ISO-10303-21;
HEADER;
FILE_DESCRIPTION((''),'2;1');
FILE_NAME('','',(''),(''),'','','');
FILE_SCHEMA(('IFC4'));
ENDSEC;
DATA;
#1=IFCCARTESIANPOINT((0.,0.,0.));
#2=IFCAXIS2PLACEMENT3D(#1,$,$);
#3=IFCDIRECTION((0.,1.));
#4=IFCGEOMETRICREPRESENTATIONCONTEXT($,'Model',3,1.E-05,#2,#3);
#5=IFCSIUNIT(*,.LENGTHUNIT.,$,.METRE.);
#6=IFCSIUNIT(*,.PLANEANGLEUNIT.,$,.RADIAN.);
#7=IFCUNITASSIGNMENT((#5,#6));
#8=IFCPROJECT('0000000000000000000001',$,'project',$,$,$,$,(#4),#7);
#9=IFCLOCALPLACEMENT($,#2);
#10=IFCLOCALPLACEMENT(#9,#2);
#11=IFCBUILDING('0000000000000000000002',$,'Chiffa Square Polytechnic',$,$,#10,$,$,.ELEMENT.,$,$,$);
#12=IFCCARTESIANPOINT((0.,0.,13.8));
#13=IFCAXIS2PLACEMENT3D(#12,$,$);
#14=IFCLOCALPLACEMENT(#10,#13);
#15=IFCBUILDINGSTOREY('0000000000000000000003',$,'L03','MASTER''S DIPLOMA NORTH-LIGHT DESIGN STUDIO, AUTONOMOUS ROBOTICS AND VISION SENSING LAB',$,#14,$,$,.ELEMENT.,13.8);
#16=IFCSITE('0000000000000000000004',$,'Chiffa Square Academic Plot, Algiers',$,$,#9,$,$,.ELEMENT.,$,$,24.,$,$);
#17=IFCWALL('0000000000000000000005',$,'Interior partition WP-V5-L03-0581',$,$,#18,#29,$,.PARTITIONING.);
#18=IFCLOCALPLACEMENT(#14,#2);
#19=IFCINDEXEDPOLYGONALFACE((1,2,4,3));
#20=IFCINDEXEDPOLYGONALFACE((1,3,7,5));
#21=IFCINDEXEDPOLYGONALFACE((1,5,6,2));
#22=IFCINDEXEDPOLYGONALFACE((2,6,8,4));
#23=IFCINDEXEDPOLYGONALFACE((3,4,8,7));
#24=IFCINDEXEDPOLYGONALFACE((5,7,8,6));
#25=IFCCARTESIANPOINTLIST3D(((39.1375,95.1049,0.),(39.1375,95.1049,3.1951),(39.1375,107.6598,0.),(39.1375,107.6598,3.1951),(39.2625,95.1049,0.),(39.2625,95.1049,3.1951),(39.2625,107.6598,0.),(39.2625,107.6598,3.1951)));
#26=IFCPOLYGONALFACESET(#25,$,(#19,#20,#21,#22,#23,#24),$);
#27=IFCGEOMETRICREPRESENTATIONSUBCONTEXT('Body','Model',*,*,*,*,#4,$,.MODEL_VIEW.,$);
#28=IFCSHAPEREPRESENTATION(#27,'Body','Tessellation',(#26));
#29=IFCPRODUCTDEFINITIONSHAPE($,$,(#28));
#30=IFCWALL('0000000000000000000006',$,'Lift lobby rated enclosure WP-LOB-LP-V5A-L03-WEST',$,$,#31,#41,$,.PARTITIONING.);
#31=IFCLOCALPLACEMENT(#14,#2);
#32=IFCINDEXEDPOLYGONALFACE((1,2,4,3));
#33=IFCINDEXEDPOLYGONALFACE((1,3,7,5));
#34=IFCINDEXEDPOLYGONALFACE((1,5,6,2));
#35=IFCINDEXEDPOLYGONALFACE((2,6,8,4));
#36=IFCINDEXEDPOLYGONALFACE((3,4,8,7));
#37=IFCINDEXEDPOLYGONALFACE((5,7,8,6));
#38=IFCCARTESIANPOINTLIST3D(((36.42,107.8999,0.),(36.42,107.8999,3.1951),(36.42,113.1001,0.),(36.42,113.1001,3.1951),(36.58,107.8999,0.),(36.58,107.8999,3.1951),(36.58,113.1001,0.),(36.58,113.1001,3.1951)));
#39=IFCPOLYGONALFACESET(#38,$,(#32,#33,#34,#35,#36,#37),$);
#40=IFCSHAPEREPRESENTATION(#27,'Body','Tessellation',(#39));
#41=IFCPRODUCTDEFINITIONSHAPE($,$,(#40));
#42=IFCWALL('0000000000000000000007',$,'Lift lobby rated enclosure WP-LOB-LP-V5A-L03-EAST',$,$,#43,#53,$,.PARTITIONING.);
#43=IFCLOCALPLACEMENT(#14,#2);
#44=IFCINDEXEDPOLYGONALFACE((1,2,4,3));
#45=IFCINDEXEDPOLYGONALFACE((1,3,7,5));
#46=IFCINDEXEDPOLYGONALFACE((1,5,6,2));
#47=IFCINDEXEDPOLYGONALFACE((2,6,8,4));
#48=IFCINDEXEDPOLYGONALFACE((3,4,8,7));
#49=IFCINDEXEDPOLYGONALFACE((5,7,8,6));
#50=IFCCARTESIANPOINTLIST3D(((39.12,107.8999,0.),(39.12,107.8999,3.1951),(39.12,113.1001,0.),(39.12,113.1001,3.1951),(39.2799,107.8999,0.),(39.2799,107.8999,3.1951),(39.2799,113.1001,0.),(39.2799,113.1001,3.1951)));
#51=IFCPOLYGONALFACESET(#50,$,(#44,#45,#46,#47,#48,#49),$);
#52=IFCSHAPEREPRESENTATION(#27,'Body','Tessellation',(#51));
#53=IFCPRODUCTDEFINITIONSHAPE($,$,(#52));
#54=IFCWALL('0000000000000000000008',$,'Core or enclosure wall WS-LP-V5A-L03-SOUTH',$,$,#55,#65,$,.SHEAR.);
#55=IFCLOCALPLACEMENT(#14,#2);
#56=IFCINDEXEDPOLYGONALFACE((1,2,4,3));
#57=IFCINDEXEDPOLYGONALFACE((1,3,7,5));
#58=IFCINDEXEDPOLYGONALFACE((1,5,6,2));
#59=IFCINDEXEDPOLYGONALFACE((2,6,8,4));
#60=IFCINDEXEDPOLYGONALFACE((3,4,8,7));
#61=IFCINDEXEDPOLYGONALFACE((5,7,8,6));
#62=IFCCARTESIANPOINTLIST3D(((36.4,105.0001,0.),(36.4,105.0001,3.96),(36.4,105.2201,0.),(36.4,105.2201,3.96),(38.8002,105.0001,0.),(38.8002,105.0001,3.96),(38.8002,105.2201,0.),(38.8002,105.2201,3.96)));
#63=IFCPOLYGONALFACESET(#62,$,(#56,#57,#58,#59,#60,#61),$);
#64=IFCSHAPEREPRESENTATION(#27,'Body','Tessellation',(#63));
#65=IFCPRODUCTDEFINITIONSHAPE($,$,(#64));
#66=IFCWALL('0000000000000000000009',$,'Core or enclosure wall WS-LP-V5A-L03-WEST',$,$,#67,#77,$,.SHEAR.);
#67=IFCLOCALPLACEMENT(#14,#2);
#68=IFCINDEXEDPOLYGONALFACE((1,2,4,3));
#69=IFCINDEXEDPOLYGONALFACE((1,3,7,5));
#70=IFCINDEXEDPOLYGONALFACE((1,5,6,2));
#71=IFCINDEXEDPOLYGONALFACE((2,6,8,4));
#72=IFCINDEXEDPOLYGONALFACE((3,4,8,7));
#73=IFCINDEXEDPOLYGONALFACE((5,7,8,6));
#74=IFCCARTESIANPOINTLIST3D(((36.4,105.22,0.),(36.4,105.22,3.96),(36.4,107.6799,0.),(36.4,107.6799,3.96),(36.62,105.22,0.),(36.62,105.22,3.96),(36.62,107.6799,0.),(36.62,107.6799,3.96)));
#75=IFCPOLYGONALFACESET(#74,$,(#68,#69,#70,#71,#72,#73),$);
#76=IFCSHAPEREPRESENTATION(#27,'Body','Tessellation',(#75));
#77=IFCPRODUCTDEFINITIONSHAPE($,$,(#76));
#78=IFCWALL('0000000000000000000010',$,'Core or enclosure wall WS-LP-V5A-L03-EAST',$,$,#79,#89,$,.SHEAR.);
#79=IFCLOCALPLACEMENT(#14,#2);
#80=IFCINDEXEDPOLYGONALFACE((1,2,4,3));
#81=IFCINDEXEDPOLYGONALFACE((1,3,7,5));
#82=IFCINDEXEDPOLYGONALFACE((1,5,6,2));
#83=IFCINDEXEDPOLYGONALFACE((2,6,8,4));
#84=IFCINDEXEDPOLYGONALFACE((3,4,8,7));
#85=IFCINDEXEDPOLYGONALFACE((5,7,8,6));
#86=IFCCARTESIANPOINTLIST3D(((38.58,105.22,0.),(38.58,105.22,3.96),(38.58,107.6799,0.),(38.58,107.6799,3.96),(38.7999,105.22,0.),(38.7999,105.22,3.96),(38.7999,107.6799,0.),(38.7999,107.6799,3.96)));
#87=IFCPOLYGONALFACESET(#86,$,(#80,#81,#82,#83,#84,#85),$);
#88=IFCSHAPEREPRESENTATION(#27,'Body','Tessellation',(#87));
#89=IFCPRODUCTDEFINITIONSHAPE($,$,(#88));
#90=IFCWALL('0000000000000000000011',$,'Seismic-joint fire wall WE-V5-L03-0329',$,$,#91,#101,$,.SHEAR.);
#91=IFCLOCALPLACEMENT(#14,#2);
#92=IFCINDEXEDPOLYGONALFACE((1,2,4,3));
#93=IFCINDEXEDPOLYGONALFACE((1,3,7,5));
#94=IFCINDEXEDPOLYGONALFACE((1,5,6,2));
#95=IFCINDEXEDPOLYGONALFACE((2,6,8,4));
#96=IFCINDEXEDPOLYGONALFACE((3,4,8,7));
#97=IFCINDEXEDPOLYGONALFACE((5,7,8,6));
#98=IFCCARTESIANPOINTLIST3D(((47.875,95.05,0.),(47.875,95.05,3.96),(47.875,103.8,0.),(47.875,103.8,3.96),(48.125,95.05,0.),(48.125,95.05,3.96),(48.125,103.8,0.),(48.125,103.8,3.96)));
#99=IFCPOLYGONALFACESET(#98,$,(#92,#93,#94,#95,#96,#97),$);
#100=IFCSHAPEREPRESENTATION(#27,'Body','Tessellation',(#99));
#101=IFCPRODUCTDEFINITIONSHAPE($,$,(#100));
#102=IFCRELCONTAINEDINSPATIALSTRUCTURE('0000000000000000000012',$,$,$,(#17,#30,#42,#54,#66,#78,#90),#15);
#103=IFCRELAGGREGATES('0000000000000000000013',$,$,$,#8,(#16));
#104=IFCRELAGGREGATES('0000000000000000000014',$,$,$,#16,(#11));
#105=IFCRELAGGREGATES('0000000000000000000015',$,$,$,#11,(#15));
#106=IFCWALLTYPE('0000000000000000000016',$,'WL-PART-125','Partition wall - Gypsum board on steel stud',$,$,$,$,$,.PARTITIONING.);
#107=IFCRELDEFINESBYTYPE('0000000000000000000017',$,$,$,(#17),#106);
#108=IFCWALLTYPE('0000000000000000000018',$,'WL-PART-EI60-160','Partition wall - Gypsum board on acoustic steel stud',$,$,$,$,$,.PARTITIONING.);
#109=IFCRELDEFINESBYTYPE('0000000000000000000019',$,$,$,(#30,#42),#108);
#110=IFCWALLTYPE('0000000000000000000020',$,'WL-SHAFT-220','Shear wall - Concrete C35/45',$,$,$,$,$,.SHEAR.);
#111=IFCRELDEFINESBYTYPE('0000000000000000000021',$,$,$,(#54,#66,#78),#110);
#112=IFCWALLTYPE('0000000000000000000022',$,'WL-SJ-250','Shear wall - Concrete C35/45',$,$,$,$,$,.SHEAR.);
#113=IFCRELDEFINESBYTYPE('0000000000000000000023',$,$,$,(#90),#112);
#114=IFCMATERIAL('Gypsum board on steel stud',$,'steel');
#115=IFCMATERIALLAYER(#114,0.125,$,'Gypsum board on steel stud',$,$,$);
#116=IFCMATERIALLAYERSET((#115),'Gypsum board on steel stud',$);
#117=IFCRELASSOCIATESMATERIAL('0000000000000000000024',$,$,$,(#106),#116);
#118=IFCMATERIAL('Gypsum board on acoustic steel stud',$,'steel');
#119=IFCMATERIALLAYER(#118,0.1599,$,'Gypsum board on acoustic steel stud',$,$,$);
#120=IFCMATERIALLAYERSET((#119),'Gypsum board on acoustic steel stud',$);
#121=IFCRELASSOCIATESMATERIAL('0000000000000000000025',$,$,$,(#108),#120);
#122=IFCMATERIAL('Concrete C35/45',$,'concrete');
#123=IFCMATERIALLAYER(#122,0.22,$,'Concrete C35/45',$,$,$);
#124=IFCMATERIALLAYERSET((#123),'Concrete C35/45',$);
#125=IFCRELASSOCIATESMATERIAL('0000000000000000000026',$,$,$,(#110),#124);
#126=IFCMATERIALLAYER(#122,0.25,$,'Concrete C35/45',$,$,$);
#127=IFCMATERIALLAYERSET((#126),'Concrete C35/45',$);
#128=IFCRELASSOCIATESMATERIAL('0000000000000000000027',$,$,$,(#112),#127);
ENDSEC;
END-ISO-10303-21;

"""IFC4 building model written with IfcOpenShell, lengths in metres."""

from ifc_helpers import new_model, si_unit, direction, frame, frame_2d, origin, place, context, subcontext, project, spatial, rectangle, extrude, material, layer, layer_set, type_object, element, save


model = new_model("IFC4")

# Units and contexts
model_context = context("Model", 3, precision=1e-05, world=origin(), true_north=direction((0.0, 1.0)))
body_context = subcontext(model_context, "Body", "Model", "MODEL_VIEW")
ifc_project = project(units=[si_unit("LENGTHUNIT", "METRE"), si_unit("PLANEANGLEUNIT", "RADIAN")], contexts=[model_context])

# Site, building, storey
site_placement = place(None, origin())
site = spatial("IfcSite", under=ifc_project, at=site_placement, Name="Chiffa Square Academic Plot, Algiers", CompositionType="ELEMENT", RefElevation=24.0)
building_placement = place(site_placement, origin())
building = spatial("IfcBuilding", under=site, at=building_placement, Name="Chiffa Square Polytechnic", CompositionType="ELEMENT")
storey_placement = place(building_placement, frame((0.0, 0.0, 13.8)))
storey = spatial("IfcBuildingStorey", under=building, at=storey_placement, Name="L03", Description="MASTER'S DIPLOMA NORTH-LIGHT DESIGN STUDIO, AUTONOMOUS ROBOTICS AND VISION SENSING LAB", CompositionType="ELEMENT", Elevation=13.8)

# Shared definitions
ifc_material_1 = material(Name="Concrete C35/45", Category="concrete")

# Walls
ifc_material_2 = material(Name="Gypsum board on steel stud", Category="steel")
ifc_layer_1 = layer(ifc_material_2, 0.125, Name="Gypsum board on steel stud")
ifc_layer_set_1 = layer_set([ifc_layer_1], Name="Gypsum board on steel stud")
wall_type_1 = type_object("IfcWallType", Name="WL-PART-125", Description="Partition wall - Gypsum board on steel stud", PredefinedType="PARTITIONING", material=ifc_layer_set_1)
wall_1_placement = place(storey_placement, frame((39.2, 95.105, 0.0), z_axis=(0.0, 0.0, 1.0), x_axis=(0.0, 1.0, 0.0)))
element("IfcWall", 1, at=wall_1_placement, inside=storey, type_object=wall_type_1, Name="Interior partition WP-V5-L03-0581", PredefinedType="PARTITIONING", context=body_context, shape_type="SweptSolid", body=[
    extrude(rectangle(XDim=12.5549, YDim=0.125, at=frame_2d((6.2773, 0.0))), origin(), (0.0, 0.0, 1.0), 3.1951),
])
ifc_material_3 = material(Name="Gypsum board on acoustic steel stud", Category="steel")
ifc_layer_2 = layer(ifc_material_3, 0.1599, Name="Gypsum board on acoustic steel stud")
ifc_layer_set_2 = layer_set([ifc_layer_2], Name="Gypsum board on acoustic steel stud")
wall_type_2 = type_object("IfcWallType", Name="WL-PART-EI60-160", Description="Partition wall - Gypsum board on acoustic steel stud", PredefinedType="PARTITIONING", material=ifc_layer_set_2)
for number, where, z_axis, x_axis, name in (
    (2, (36.5, 107.8999, 0.0), (0.0, 0.0, 1.0), (0.0, 1.0, 0.0), "Lift lobby rated enclosure WP-LOB-LP-V5A-L03-WEST"),
    (3, (39.2, 107.8999, 0.0), (0.0, 0.0, 1.0), (0.0, 1.0, 0.0), "Lift lobby rated enclosure WP-LOB-LP-V5A-L03-EAST"),
):
    element("IfcWall", number, at=place(storey_placement, frame(where, z_axis=z_axis, x_axis=x_axis)), inside=storey, type_object=wall_type_2, Name=name, PredefinedType="PARTITIONING", context=body_context, shape_type="SweptSolid", body=[
        extrude(rectangle(XDim=5.2002, YDim=0.1599, at=frame_2d((2.6001, 0.0))), origin(), (0.0, 0.0, 1.0), 3.1951),
    ])
ifc_layer_3 = layer(ifc_material_1, 0.22, Name="Concrete C35/45")
ifc_layer_set_3 = layer_set([ifc_layer_3], Name="Concrete C35/45")
wall_type_3 = type_object("IfcWallType", Name="WL-SHAFT-220", Description="Shear wall - Concrete C35/45", PredefinedType="SHEAR", material=ifc_layer_set_3)
wall_2_placement = place(storey_placement, frame((36.3999, 105.1101, 0.0), z_axis=(0.0, 0.0, 1.0), x_axis=(1.0, 0.0, 0.0)))
element("IfcWall", 4, at=wall_2_placement, inside=storey, type_object=wall_type_3, Name="Core or enclosure wall WS-LP-V5A-L03-SOUTH", PredefinedType="SHEAR", context=body_context, shape_type="SweptSolid", body=[
    extrude(rectangle(XDim=2.4001, YDim=0.22, at=frame_2d((1.2002, 0.0))), origin(), (0.0, 0.0, 1.0), 3.96),
])

# Walls
for number, where, z_axis, x_axis, name in (
    (5, (36.51, 105.22, 0.0), (0.0, 0.0, 1.0), (0.0, 1.0, 0.0), "Core or enclosure wall WS-LP-V5A-L03-WEST"),
    (6, (38.6899, 105.22, 0.0), (0.0, 0.0, 1.0), (0.0, 1.0, 0.0), "Core or enclosure wall WS-LP-V5A-L03-EAST"),
):
    element("IfcWall", number, at=place(storey_placement, frame(where, z_axis=z_axis, x_axis=x_axis)), inside=storey, type_object=wall_type_3, Name=name, PredefinedType="SHEAR", context=body_context, shape_type="SweptSolid", body=[
        extrude(rectangle(XDim=2.46, YDim=0.22, at=frame_2d((1.23, 0.0))), origin(), (0.0, 0.0, 1.0), 3.96),
    ])
ifc_layer_4 = layer(ifc_material_1, 0.25, Name="Concrete C35/45")
ifc_layer_set_4 = layer_set([ifc_layer_4], Name="Concrete C35/45")
wall_type_4 = type_object("IfcWallType", Name="WL-SJ-250", Description="Shear wall - Concrete C35/45", PredefinedType="SHEAR", material=ifc_layer_set_4)
wall_3_placement = place(storey_placement, frame((48.0, 95.05, 0.0), z_axis=(0.0, 0.0, 1.0), x_axis=(0.0, 1.0, 0.0)))
element("IfcWall", 7, at=wall_3_placement, inside=storey, type_object=wall_type_4, Name="Seismic-joint fire wall WE-V5-L03-0329", PredefinedType="SHEAR", context=body_context, shape_type="SweptSolid", body=[
    extrude(rectangle(XDim=8.75, YDim=0.25, at=frame_2d((4.375, 0.0))), origin(), (0.0, 0.0, 1.0), 3.96),
])

save(model, "model.ifc")
